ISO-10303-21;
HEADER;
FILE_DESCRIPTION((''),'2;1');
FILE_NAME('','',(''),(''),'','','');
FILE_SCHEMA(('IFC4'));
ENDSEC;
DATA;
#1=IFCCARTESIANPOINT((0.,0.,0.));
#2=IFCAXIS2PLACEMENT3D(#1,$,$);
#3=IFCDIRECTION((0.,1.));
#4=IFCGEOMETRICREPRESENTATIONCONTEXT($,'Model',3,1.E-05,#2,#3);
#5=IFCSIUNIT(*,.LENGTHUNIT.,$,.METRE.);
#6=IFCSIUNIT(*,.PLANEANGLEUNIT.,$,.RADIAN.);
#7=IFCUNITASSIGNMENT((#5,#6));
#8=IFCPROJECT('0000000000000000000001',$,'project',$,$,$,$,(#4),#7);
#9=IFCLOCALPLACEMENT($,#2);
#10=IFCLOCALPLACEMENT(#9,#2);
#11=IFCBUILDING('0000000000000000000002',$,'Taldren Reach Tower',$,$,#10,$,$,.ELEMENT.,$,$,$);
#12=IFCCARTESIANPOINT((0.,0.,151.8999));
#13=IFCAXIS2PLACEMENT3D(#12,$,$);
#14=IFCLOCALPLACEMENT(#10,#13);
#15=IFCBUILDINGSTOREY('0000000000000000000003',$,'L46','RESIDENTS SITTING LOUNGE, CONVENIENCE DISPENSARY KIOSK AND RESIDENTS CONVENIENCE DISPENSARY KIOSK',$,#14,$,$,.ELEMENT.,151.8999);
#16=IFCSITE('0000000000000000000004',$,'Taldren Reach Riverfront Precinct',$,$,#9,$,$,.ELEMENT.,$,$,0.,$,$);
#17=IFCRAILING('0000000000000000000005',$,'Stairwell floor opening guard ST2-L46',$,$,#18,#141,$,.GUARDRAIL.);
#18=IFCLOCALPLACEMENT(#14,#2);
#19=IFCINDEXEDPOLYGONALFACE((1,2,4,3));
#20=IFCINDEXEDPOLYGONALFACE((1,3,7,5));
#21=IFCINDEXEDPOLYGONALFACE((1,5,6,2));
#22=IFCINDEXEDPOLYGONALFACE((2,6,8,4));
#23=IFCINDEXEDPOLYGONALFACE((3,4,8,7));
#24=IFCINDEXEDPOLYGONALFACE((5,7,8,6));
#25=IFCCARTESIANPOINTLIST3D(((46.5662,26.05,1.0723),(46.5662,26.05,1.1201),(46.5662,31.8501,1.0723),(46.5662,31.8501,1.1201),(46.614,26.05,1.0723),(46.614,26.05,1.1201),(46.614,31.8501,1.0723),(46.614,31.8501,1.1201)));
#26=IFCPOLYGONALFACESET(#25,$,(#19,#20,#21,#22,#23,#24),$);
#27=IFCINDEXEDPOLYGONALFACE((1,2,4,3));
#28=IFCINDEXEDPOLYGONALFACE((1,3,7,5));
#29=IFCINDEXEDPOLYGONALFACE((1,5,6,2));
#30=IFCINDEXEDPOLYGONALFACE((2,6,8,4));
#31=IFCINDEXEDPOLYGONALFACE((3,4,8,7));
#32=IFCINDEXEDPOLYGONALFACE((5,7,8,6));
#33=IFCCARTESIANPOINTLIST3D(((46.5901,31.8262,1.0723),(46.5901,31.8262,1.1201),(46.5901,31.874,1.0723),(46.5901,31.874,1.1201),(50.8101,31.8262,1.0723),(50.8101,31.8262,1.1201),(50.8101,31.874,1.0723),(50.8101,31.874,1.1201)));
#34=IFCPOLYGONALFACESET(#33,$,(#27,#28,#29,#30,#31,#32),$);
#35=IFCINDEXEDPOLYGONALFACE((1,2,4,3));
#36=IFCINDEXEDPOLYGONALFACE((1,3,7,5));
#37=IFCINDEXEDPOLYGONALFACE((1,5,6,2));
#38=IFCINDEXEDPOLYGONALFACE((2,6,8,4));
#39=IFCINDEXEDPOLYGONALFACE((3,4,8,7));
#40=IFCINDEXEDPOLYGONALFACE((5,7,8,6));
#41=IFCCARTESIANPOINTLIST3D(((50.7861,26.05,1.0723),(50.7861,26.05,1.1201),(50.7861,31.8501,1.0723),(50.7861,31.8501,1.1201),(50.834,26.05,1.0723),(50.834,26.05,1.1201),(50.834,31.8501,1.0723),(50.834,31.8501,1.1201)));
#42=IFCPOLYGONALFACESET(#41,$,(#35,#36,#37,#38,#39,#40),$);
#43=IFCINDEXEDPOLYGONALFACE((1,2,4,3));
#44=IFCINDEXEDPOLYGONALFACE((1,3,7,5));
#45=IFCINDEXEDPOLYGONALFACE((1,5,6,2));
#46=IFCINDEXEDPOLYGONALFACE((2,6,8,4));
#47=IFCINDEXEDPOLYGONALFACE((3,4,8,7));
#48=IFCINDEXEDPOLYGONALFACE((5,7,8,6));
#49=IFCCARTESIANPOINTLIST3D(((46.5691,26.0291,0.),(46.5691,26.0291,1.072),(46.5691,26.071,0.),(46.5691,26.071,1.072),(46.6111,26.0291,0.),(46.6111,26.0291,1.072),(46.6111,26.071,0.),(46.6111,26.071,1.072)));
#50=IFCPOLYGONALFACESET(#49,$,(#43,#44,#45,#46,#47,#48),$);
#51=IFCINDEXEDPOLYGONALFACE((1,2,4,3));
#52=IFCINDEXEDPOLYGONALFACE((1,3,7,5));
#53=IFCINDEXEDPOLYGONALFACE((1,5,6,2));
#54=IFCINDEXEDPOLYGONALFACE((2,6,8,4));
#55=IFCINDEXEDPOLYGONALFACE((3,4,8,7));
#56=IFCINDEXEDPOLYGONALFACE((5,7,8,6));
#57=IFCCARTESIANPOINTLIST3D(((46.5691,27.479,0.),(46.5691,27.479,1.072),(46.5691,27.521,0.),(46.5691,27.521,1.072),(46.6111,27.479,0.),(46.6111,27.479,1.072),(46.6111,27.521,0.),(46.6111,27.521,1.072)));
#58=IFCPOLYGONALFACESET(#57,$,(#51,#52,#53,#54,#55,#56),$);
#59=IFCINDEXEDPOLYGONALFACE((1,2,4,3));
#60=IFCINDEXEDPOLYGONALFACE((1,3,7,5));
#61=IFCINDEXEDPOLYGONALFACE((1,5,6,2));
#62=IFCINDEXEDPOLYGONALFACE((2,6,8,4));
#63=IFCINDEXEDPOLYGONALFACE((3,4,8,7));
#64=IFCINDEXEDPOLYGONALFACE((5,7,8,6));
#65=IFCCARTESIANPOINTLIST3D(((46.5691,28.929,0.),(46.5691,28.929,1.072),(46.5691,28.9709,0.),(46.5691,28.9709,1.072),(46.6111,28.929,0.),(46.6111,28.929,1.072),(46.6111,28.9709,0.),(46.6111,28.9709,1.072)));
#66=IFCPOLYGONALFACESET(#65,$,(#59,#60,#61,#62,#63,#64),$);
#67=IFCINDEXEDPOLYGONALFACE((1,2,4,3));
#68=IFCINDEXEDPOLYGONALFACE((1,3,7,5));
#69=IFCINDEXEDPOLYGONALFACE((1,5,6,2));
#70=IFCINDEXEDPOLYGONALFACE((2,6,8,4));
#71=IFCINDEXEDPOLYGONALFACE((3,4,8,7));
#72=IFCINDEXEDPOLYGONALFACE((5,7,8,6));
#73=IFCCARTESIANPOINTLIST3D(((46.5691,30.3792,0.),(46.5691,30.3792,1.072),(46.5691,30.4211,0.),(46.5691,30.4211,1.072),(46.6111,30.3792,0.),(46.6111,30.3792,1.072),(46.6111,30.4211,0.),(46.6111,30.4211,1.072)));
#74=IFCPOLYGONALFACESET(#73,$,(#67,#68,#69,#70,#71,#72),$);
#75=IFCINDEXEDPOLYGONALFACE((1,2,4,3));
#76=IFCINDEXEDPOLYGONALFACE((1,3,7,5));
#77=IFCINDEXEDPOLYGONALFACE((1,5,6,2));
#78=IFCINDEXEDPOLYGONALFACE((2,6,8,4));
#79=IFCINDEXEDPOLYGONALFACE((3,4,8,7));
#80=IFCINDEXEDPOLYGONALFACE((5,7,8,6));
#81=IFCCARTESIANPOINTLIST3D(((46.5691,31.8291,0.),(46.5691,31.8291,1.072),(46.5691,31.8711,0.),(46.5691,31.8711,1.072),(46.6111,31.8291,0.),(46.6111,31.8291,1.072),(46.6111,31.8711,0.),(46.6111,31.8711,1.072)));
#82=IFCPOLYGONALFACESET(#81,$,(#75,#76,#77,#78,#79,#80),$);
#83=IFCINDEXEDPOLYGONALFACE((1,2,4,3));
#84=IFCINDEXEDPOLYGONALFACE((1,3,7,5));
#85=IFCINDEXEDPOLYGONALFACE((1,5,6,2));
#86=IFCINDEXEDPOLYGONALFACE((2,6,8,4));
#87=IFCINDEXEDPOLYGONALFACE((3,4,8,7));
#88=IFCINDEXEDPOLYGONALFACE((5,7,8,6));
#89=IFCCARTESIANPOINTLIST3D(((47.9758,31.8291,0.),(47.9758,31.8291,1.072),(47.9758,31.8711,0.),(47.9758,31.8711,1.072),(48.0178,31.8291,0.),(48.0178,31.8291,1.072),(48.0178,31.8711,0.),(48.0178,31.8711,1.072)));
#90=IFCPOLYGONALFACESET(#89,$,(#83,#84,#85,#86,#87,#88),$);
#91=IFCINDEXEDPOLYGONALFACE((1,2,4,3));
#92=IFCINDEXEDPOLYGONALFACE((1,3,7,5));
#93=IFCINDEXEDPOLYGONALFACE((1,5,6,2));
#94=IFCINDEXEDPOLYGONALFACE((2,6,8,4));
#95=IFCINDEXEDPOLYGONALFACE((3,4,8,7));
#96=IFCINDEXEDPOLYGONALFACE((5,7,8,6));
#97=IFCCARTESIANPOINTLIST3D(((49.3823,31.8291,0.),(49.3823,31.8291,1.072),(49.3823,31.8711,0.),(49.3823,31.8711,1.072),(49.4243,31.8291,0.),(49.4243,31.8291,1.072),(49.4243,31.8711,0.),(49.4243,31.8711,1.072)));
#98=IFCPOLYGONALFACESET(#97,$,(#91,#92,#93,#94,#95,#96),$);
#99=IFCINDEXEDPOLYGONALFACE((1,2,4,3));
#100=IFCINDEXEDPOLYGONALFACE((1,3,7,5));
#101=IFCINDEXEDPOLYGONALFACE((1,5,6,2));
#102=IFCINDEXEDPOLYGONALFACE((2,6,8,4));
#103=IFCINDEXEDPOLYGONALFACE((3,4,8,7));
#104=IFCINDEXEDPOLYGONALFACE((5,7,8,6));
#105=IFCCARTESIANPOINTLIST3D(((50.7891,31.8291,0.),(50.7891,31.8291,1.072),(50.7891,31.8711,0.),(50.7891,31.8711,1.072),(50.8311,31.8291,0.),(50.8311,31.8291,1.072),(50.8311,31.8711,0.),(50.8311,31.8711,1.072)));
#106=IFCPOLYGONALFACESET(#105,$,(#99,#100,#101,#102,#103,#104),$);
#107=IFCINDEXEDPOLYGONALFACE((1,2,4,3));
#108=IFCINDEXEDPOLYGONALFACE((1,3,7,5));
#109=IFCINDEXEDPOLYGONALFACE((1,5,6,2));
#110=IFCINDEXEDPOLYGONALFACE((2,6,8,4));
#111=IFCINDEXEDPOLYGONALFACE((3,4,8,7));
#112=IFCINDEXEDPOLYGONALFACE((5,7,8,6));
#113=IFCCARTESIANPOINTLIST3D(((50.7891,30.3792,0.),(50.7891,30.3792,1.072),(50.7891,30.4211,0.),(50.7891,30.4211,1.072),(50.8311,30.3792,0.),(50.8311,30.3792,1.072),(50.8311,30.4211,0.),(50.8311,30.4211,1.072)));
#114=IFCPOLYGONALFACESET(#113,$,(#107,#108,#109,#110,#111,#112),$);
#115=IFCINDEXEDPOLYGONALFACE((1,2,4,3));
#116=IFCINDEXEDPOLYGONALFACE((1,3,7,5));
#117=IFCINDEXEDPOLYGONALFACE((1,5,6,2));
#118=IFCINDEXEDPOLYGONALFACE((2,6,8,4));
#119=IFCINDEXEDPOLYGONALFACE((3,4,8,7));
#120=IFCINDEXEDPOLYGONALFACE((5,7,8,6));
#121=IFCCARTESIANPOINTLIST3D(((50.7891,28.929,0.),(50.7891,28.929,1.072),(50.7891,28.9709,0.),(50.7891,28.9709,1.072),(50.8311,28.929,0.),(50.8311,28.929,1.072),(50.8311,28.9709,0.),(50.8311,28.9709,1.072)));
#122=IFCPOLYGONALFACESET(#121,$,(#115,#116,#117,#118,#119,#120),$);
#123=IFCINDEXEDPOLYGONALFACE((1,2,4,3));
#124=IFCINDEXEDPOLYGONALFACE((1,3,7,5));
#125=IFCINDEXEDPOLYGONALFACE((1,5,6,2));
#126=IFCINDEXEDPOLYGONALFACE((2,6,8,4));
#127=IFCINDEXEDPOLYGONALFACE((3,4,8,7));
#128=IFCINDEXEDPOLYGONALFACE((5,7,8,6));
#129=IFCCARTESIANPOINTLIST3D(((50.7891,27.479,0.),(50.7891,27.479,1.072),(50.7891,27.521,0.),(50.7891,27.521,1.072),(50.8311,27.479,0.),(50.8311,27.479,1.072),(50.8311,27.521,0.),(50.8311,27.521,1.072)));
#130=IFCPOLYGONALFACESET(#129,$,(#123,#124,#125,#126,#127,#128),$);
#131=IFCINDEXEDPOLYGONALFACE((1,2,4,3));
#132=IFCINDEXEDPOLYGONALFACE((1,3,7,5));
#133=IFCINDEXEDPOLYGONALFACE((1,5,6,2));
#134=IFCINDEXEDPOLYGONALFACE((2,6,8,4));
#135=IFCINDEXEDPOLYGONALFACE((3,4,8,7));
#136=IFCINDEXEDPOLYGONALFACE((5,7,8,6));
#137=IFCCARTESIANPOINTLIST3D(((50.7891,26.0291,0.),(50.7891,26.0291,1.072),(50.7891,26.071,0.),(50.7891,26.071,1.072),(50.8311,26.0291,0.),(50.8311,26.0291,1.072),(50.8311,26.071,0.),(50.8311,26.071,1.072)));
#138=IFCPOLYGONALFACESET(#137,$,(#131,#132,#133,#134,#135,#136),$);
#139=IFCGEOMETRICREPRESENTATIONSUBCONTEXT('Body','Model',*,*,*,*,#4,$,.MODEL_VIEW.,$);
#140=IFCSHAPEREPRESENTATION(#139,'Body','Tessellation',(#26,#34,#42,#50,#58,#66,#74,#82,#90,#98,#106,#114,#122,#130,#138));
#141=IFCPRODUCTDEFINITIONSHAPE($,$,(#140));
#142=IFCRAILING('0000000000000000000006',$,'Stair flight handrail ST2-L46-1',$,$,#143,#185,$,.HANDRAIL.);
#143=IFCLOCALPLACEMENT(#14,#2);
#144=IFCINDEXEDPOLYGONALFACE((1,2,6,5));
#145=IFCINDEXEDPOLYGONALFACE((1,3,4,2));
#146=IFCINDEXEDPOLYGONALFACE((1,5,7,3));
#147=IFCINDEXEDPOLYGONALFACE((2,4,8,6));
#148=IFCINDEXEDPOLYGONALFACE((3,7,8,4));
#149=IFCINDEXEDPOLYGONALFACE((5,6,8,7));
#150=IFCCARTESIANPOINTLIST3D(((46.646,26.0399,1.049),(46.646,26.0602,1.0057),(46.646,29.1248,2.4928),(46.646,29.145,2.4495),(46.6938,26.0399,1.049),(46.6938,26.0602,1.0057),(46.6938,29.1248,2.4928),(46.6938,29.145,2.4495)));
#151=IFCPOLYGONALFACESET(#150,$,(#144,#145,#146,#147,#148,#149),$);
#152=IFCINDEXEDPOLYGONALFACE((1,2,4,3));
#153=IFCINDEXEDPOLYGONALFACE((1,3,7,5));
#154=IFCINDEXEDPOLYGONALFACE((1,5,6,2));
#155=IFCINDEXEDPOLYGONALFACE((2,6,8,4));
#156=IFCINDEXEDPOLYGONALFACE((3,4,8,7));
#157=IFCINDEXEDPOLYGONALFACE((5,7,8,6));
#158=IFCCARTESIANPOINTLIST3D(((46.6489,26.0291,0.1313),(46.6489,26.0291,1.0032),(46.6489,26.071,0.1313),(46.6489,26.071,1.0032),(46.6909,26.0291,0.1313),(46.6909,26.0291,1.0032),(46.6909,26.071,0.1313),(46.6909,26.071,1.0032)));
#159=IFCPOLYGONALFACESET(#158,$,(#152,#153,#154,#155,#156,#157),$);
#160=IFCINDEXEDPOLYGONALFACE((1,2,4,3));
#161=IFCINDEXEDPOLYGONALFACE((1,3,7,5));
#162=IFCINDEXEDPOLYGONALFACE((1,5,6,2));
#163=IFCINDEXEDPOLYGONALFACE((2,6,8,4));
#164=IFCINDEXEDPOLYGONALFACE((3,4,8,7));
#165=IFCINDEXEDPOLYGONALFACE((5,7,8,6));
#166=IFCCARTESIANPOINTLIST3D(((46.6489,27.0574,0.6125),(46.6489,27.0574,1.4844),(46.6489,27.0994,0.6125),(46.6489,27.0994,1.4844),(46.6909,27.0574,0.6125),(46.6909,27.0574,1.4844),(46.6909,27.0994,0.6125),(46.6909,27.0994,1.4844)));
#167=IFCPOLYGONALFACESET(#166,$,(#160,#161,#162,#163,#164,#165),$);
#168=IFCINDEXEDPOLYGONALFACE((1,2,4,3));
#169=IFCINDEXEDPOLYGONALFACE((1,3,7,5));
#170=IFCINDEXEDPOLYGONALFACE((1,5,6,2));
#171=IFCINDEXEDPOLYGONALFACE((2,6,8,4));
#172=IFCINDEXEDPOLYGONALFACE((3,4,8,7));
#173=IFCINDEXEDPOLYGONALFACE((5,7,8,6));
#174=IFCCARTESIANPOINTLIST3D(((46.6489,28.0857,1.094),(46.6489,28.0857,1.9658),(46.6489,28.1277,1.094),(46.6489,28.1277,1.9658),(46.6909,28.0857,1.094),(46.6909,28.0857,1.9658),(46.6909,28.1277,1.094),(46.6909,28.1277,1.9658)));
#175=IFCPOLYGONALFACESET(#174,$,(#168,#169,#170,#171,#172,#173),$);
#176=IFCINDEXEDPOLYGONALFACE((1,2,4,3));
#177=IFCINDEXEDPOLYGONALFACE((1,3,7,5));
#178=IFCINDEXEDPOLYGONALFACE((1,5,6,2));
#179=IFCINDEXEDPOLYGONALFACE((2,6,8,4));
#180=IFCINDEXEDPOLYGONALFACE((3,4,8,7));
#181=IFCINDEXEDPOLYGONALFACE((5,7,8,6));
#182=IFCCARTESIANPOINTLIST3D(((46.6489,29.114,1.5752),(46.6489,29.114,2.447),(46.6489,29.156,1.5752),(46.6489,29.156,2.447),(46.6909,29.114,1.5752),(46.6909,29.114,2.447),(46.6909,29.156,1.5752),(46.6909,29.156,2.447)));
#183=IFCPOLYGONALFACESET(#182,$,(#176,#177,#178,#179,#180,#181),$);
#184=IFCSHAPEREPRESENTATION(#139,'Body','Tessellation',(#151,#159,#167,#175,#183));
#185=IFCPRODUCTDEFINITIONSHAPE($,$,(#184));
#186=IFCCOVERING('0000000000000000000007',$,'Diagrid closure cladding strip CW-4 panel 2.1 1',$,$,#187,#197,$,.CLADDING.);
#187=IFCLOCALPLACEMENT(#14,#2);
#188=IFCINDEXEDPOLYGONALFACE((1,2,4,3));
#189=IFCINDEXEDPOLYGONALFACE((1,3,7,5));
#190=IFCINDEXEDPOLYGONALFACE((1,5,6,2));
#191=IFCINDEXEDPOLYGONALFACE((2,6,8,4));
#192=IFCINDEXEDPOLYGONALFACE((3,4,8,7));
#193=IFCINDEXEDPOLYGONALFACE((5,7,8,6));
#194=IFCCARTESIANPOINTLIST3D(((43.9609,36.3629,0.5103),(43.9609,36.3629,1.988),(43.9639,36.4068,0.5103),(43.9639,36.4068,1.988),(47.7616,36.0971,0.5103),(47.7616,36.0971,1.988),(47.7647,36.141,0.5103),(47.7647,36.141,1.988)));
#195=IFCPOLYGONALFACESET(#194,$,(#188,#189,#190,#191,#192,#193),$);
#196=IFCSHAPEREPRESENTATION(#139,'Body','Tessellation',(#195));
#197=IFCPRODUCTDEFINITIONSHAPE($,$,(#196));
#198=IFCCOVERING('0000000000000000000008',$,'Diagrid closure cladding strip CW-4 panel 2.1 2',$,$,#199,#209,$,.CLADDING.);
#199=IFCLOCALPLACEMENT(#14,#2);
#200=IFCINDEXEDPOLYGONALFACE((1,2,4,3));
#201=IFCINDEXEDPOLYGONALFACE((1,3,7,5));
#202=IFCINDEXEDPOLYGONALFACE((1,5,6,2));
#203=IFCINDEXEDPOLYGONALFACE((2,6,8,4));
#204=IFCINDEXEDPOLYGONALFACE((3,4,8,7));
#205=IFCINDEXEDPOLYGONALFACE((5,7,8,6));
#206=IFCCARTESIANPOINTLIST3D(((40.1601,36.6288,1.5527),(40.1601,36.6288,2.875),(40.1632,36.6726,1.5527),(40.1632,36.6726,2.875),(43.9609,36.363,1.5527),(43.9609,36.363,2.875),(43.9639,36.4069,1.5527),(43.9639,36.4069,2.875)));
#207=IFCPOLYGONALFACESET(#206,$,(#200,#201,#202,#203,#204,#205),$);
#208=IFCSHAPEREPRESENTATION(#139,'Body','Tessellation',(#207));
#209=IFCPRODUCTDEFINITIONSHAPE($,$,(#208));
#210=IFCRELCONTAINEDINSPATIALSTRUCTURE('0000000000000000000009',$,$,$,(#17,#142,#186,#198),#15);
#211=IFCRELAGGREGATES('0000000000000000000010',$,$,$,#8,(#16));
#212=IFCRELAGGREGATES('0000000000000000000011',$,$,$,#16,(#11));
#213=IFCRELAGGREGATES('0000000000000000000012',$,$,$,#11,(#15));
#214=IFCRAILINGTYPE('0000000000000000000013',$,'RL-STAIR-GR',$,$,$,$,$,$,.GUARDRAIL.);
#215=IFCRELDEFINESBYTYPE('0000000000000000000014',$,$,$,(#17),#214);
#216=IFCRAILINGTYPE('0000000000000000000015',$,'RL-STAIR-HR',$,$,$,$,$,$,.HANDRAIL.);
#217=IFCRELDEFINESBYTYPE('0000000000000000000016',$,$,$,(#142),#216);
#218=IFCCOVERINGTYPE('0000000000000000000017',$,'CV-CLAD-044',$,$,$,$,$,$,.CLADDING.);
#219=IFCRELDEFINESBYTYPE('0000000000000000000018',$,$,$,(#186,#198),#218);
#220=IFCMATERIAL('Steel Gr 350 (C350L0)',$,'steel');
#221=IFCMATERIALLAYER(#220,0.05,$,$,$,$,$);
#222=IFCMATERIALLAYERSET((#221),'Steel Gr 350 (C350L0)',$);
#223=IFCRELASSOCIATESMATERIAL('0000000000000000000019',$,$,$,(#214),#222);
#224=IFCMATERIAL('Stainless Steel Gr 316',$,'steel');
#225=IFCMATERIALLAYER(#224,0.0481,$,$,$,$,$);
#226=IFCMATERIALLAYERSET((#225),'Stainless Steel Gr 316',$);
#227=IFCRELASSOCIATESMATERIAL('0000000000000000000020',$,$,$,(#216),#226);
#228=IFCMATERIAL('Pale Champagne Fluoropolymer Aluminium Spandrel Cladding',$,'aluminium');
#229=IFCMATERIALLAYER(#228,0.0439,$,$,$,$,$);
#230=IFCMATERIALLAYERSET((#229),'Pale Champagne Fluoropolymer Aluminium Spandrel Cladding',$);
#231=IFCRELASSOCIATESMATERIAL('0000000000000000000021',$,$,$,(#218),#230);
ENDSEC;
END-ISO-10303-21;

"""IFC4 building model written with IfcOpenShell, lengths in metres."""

from ifc_helpers import new_model, si_unit, direction, frame, origin, origin_2d, place, context, subcontext, project, spatial, rectangle, extrude, source, transform, mapped, material, layer, layer_set, type_object, element, save


model = new_model("IFC4")

# Units and contexts
model_context = context("Model", 3, precision=1e-05, world=origin(), true_north=direction((0.0, 1.0)))
body_context = subcontext(model_context, "Body", "Model", "MODEL_VIEW")
ifc_project = project(units=[si_unit("LENGTHUNIT", "METRE"), si_unit("PLANEANGLEUNIT", "RADIAN")], contexts=[model_context])

# Site, building, storey
site_placement = place(None, origin())
site = spatial("IfcSite", under=ifc_project, at=site_placement, Name="Taldren Reach Riverfront Precinct", CompositionType="ELEMENT", RefElevation=0.0)
building_placement = place(site_placement, origin())
building = spatial("IfcBuilding", under=site, at=building_placement, Name="Taldren Reach Tower", CompositionType="ELEMENT")
storey_placement = place(building_placement, frame((0.0, 0.0, 151.8999)))
storey = spatial("IfcBuildingStorey", under=building, at=storey_placement, Name="L46", Description="RESIDENTS SITTING LOUNGE, CONVENIENCE DISPENSARY KIOSK AND RESIDENTS CONVENIENCE DISPENSARY KIOSK", CompositionType="ELEMENT", Elevation=151.8999)

# Shared definitions
ifc_material_1 = material(Name="Steel Gr 350 (C350L0)", Category="steel")

# Railings
ifc_layer_1 = layer(ifc_material_1, 0.05)
ifc_layer_set_1 = layer_set([ifc_layer_1], Name="Steel Gr 350 (C350L0)")
railing_type_1 = type_object("IfcRailingType", Name="RL-STAIR-GR", PredefinedType="GUARDRAIL", material=ifc_layer_set_1)
railing_1_placement = place(storey_placement, frame((46.5901, 26.05, 0.0)))
element("IfcRailing", 1, at=railing_1_placement, inside=storey, type_object=railing_type_1, Name="Stairwell floor opening guard ST2-L46", PredefinedType="GUARDRAIL", context=body_context, shape_type="SweptSolid", body=[
    extrude(rectangle(XDim=0.0479, YDim=0.0479, at=origin_2d()), frame((0.0, 0.0, 1.0962), z_axis=(0.0, 1.0, 0.0), x_axis=(-1.0, 0.0, 0.0)), (0.0, 0.0, 1.0), 5.8),
    extrude(rectangle(XDim=0.0479, YDim=0.0479, at=origin_2d()), frame((0.0, 5.8, 1.0962), z_axis=(1.0, 0.0, 0.0), x_axis=(0.0, 1.0, 0.0)), (0.0, 0.0, 1.0), 4.22),
    extrude(rectangle(XDim=0.0479, YDim=0.0479, at=origin_2d()), frame((4.22, 5.8, 1.0962), z_axis=(0.0, -1.0, 0.0), x_axis=(1.0, 0.0, 0.0)), (0.0, 0.0, 1.0), 5.8),
    extrude(rectangle(XDim=0.042, YDim=0.042, at=origin_2d()), origin(), (0.0, 0.0, 1.0), 1.072),
    extrude(rectangle(XDim=0.042, YDim=0.042, at=origin_2d()), frame((0.0, 1.45, 0.0)), (0.0, 0.0, 1.0), 1.072),
    extrude(rectangle(XDim=0.042, YDim=0.042, at=origin_2d()), frame((0.0, 2.8999, 0.0)), (0.0, 0.0, 1.0), 1.072),
    extrude(rectangle(XDim=0.042, YDim=0.042, at=origin_2d()), frame((0.0, 4.3501, 0.0)), (0.0, 0.0, 1.0), 1.072),
    extrude(rectangle(XDim=0.042, YDim=0.042, at=origin_2d()), frame((0.0, 5.8, 0.0)), (0.0, 0.0, 1.0), 1.072),
    extrude(rectangle(XDim=0.042, YDim=0.042, at=origin_2d()), frame((1.4067, 5.8, 0.0)), (0.0, 0.0, 1.0), 1.072),
    extrude(rectangle(XDim=0.042, YDim=0.042, at=origin_2d()), frame((2.8132, 5.8, 0.0)), (0.0, 0.0, 1.0), 1.072),
    extrude(rectangle(XDim=0.042, YDim=0.042, at=origin_2d()), frame((4.22, 5.8, 0.0)), (0.0, 0.0, 1.0), 1.072),
    extrude(rectangle(XDim=0.042, YDim=0.042, at=origin_2d()), frame((4.22, 4.3501, 0.0)), (0.0, 0.0, 1.0), 1.072),
    extrude(rectangle(XDim=0.042, YDim=0.042, at=origin_2d()), frame((4.22, 2.8999, 0.0)), (0.0, 0.0, 1.0), 1.072),
    extrude(rectangle(XDim=0.042, YDim=0.042, at=origin_2d()), frame((4.22, 1.45, 0.0)), (0.0, 0.0, 1.0), 1.072),
    extrude(rectangle(XDim=0.042, YDim=0.042, at=origin_2d()), frame((4.22, 0.0, 0.0)), (0.0, 0.0, 1.0), 1.072),
])
ifc_material_2 = material(Name="Stainless Steel Gr 316", Category="steel")
ifc_layer_2 = layer(ifc_material_2, 0.0481)
ifc_layer_set_2 = layer_set([ifc_layer_2], Name="Stainless Steel Gr 316")
railing_type_2 = type_object("IfcRailingType", Name="RL-STAIR-HR", PredefinedType="HANDRAIL", material=ifc_layer_set_2)
railing_2_placement = place(storey_placement, frame((46.6699, 26.05, 0.1313)))
element("IfcRailing", 2, at=railing_2_placement, inside=storey, type_object=railing_type_2, Name="Stair flight handrail ST2-L46-1", PredefinedType="HANDRAIL", context=body_context, shape_type="SweptSolid", body=[
    extrude(rectangle(XDim=0.0479, YDim=0.0479, at=origin_2d()), frame((0.0, 0.0, 0.896), z_axis=(0.0, 0.90571, 0.423898), x_axis=(-1.0, 0.0, 0.0)), (0.0, 0.0, 1.0), 3.406),
    extrude(rectangle(XDim=0.042, YDim=0.042, at=origin_2d()), origin(), (0.0, 0.0, 1.0), 0.8718),
    extrude(rectangle(XDim=0.042, YDim=0.042, at=origin_2d()), frame((0.0, 1.0283, 0.4812)), (0.0, 0.0, 1.0), 0.8718),
    extrude(rectangle(XDim=0.042, YDim=0.042, at=origin_2d()), frame((0.0, 2.0566, 0.9626)), (0.0, 0.0, 1.0), 0.8718),
    extrude(rectangle(XDim=0.042, YDim=0.042, at=origin_2d()), frame((0.0, 3.085, 1.4438)), (0.0, 0.0, 1.0), 0.8718),
])

# Coverings
ifc_material_3 = material(Name="Pale Champagne Fluoropolymer Aluminium Spandrel Cladding", Category="aluminium")
ifc_layer_3 = layer(ifc_material_3, 0.0439)
ifc_layer_set_3 = layer_set([ifc_layer_3], Name="Pale Champagne Fluoropolymer Aluminium Spandrel Cladding")
covering_type = type_object("IfcCoveringType", Name="CV-CLAD-044", PredefinedType="CLADDING", material=ifc_layer_set_3)
shared_shape_1 = source(origin(), body_context, "Body", "SweptSolid", [
    extrude(rectangle(XDim=3.8101, YDim=0.0439, at=origin_2d()), origin(), (0.0, 0.0, 1.0), 1.4778),
])
covering_1_placement = place(storey_placement, frame((45.8628, 36.252, 0.5103), z_axis=(0.0, 0.0, 1.0), x_axis=(-0.997564, 0.069757, 0.0)))
element("IfcCovering", 3, at=covering_1_placement, inside=storey, type_object=covering_type, Name="Diagrid closure cladding strip CW-4 panel 2.1 1", PredefinedType="CLADDING", context=body_context, shape_type="MappedRepresentation", body=[
    mapped(shared_shape_1, transform((0.0, 0.0, 0.0), scale=1.0)),
])
shared_shape_2 = source(origin(), body_context, "Body", "SweptSolid", [
    extrude(rectangle(XDim=3.8101, YDim=0.0439, at=origin_2d()), origin(), (0.0, 0.0, 1.0), 1.3223),
])
covering_2_placement = place(storey_placement, frame((42.062, 36.5178, 1.5527), z_axis=(0.0, 0.0, 1.0), x_axis=(-0.997564, 0.069757, 0.0)))
element("IfcCovering", 4, at=covering_2_placement, inside=storey, type_object=covering_type, Name="Diagrid closure cladding strip CW-4 panel 2.1 2", PredefinedType="CLADDING", context=body_context, shape_type="MappedRepresentation", body=[
    mapped(shared_shape_2, transform((0.0, 0.0, 0.0), scale=1.0)),
])

save(model, "model.ifc")
